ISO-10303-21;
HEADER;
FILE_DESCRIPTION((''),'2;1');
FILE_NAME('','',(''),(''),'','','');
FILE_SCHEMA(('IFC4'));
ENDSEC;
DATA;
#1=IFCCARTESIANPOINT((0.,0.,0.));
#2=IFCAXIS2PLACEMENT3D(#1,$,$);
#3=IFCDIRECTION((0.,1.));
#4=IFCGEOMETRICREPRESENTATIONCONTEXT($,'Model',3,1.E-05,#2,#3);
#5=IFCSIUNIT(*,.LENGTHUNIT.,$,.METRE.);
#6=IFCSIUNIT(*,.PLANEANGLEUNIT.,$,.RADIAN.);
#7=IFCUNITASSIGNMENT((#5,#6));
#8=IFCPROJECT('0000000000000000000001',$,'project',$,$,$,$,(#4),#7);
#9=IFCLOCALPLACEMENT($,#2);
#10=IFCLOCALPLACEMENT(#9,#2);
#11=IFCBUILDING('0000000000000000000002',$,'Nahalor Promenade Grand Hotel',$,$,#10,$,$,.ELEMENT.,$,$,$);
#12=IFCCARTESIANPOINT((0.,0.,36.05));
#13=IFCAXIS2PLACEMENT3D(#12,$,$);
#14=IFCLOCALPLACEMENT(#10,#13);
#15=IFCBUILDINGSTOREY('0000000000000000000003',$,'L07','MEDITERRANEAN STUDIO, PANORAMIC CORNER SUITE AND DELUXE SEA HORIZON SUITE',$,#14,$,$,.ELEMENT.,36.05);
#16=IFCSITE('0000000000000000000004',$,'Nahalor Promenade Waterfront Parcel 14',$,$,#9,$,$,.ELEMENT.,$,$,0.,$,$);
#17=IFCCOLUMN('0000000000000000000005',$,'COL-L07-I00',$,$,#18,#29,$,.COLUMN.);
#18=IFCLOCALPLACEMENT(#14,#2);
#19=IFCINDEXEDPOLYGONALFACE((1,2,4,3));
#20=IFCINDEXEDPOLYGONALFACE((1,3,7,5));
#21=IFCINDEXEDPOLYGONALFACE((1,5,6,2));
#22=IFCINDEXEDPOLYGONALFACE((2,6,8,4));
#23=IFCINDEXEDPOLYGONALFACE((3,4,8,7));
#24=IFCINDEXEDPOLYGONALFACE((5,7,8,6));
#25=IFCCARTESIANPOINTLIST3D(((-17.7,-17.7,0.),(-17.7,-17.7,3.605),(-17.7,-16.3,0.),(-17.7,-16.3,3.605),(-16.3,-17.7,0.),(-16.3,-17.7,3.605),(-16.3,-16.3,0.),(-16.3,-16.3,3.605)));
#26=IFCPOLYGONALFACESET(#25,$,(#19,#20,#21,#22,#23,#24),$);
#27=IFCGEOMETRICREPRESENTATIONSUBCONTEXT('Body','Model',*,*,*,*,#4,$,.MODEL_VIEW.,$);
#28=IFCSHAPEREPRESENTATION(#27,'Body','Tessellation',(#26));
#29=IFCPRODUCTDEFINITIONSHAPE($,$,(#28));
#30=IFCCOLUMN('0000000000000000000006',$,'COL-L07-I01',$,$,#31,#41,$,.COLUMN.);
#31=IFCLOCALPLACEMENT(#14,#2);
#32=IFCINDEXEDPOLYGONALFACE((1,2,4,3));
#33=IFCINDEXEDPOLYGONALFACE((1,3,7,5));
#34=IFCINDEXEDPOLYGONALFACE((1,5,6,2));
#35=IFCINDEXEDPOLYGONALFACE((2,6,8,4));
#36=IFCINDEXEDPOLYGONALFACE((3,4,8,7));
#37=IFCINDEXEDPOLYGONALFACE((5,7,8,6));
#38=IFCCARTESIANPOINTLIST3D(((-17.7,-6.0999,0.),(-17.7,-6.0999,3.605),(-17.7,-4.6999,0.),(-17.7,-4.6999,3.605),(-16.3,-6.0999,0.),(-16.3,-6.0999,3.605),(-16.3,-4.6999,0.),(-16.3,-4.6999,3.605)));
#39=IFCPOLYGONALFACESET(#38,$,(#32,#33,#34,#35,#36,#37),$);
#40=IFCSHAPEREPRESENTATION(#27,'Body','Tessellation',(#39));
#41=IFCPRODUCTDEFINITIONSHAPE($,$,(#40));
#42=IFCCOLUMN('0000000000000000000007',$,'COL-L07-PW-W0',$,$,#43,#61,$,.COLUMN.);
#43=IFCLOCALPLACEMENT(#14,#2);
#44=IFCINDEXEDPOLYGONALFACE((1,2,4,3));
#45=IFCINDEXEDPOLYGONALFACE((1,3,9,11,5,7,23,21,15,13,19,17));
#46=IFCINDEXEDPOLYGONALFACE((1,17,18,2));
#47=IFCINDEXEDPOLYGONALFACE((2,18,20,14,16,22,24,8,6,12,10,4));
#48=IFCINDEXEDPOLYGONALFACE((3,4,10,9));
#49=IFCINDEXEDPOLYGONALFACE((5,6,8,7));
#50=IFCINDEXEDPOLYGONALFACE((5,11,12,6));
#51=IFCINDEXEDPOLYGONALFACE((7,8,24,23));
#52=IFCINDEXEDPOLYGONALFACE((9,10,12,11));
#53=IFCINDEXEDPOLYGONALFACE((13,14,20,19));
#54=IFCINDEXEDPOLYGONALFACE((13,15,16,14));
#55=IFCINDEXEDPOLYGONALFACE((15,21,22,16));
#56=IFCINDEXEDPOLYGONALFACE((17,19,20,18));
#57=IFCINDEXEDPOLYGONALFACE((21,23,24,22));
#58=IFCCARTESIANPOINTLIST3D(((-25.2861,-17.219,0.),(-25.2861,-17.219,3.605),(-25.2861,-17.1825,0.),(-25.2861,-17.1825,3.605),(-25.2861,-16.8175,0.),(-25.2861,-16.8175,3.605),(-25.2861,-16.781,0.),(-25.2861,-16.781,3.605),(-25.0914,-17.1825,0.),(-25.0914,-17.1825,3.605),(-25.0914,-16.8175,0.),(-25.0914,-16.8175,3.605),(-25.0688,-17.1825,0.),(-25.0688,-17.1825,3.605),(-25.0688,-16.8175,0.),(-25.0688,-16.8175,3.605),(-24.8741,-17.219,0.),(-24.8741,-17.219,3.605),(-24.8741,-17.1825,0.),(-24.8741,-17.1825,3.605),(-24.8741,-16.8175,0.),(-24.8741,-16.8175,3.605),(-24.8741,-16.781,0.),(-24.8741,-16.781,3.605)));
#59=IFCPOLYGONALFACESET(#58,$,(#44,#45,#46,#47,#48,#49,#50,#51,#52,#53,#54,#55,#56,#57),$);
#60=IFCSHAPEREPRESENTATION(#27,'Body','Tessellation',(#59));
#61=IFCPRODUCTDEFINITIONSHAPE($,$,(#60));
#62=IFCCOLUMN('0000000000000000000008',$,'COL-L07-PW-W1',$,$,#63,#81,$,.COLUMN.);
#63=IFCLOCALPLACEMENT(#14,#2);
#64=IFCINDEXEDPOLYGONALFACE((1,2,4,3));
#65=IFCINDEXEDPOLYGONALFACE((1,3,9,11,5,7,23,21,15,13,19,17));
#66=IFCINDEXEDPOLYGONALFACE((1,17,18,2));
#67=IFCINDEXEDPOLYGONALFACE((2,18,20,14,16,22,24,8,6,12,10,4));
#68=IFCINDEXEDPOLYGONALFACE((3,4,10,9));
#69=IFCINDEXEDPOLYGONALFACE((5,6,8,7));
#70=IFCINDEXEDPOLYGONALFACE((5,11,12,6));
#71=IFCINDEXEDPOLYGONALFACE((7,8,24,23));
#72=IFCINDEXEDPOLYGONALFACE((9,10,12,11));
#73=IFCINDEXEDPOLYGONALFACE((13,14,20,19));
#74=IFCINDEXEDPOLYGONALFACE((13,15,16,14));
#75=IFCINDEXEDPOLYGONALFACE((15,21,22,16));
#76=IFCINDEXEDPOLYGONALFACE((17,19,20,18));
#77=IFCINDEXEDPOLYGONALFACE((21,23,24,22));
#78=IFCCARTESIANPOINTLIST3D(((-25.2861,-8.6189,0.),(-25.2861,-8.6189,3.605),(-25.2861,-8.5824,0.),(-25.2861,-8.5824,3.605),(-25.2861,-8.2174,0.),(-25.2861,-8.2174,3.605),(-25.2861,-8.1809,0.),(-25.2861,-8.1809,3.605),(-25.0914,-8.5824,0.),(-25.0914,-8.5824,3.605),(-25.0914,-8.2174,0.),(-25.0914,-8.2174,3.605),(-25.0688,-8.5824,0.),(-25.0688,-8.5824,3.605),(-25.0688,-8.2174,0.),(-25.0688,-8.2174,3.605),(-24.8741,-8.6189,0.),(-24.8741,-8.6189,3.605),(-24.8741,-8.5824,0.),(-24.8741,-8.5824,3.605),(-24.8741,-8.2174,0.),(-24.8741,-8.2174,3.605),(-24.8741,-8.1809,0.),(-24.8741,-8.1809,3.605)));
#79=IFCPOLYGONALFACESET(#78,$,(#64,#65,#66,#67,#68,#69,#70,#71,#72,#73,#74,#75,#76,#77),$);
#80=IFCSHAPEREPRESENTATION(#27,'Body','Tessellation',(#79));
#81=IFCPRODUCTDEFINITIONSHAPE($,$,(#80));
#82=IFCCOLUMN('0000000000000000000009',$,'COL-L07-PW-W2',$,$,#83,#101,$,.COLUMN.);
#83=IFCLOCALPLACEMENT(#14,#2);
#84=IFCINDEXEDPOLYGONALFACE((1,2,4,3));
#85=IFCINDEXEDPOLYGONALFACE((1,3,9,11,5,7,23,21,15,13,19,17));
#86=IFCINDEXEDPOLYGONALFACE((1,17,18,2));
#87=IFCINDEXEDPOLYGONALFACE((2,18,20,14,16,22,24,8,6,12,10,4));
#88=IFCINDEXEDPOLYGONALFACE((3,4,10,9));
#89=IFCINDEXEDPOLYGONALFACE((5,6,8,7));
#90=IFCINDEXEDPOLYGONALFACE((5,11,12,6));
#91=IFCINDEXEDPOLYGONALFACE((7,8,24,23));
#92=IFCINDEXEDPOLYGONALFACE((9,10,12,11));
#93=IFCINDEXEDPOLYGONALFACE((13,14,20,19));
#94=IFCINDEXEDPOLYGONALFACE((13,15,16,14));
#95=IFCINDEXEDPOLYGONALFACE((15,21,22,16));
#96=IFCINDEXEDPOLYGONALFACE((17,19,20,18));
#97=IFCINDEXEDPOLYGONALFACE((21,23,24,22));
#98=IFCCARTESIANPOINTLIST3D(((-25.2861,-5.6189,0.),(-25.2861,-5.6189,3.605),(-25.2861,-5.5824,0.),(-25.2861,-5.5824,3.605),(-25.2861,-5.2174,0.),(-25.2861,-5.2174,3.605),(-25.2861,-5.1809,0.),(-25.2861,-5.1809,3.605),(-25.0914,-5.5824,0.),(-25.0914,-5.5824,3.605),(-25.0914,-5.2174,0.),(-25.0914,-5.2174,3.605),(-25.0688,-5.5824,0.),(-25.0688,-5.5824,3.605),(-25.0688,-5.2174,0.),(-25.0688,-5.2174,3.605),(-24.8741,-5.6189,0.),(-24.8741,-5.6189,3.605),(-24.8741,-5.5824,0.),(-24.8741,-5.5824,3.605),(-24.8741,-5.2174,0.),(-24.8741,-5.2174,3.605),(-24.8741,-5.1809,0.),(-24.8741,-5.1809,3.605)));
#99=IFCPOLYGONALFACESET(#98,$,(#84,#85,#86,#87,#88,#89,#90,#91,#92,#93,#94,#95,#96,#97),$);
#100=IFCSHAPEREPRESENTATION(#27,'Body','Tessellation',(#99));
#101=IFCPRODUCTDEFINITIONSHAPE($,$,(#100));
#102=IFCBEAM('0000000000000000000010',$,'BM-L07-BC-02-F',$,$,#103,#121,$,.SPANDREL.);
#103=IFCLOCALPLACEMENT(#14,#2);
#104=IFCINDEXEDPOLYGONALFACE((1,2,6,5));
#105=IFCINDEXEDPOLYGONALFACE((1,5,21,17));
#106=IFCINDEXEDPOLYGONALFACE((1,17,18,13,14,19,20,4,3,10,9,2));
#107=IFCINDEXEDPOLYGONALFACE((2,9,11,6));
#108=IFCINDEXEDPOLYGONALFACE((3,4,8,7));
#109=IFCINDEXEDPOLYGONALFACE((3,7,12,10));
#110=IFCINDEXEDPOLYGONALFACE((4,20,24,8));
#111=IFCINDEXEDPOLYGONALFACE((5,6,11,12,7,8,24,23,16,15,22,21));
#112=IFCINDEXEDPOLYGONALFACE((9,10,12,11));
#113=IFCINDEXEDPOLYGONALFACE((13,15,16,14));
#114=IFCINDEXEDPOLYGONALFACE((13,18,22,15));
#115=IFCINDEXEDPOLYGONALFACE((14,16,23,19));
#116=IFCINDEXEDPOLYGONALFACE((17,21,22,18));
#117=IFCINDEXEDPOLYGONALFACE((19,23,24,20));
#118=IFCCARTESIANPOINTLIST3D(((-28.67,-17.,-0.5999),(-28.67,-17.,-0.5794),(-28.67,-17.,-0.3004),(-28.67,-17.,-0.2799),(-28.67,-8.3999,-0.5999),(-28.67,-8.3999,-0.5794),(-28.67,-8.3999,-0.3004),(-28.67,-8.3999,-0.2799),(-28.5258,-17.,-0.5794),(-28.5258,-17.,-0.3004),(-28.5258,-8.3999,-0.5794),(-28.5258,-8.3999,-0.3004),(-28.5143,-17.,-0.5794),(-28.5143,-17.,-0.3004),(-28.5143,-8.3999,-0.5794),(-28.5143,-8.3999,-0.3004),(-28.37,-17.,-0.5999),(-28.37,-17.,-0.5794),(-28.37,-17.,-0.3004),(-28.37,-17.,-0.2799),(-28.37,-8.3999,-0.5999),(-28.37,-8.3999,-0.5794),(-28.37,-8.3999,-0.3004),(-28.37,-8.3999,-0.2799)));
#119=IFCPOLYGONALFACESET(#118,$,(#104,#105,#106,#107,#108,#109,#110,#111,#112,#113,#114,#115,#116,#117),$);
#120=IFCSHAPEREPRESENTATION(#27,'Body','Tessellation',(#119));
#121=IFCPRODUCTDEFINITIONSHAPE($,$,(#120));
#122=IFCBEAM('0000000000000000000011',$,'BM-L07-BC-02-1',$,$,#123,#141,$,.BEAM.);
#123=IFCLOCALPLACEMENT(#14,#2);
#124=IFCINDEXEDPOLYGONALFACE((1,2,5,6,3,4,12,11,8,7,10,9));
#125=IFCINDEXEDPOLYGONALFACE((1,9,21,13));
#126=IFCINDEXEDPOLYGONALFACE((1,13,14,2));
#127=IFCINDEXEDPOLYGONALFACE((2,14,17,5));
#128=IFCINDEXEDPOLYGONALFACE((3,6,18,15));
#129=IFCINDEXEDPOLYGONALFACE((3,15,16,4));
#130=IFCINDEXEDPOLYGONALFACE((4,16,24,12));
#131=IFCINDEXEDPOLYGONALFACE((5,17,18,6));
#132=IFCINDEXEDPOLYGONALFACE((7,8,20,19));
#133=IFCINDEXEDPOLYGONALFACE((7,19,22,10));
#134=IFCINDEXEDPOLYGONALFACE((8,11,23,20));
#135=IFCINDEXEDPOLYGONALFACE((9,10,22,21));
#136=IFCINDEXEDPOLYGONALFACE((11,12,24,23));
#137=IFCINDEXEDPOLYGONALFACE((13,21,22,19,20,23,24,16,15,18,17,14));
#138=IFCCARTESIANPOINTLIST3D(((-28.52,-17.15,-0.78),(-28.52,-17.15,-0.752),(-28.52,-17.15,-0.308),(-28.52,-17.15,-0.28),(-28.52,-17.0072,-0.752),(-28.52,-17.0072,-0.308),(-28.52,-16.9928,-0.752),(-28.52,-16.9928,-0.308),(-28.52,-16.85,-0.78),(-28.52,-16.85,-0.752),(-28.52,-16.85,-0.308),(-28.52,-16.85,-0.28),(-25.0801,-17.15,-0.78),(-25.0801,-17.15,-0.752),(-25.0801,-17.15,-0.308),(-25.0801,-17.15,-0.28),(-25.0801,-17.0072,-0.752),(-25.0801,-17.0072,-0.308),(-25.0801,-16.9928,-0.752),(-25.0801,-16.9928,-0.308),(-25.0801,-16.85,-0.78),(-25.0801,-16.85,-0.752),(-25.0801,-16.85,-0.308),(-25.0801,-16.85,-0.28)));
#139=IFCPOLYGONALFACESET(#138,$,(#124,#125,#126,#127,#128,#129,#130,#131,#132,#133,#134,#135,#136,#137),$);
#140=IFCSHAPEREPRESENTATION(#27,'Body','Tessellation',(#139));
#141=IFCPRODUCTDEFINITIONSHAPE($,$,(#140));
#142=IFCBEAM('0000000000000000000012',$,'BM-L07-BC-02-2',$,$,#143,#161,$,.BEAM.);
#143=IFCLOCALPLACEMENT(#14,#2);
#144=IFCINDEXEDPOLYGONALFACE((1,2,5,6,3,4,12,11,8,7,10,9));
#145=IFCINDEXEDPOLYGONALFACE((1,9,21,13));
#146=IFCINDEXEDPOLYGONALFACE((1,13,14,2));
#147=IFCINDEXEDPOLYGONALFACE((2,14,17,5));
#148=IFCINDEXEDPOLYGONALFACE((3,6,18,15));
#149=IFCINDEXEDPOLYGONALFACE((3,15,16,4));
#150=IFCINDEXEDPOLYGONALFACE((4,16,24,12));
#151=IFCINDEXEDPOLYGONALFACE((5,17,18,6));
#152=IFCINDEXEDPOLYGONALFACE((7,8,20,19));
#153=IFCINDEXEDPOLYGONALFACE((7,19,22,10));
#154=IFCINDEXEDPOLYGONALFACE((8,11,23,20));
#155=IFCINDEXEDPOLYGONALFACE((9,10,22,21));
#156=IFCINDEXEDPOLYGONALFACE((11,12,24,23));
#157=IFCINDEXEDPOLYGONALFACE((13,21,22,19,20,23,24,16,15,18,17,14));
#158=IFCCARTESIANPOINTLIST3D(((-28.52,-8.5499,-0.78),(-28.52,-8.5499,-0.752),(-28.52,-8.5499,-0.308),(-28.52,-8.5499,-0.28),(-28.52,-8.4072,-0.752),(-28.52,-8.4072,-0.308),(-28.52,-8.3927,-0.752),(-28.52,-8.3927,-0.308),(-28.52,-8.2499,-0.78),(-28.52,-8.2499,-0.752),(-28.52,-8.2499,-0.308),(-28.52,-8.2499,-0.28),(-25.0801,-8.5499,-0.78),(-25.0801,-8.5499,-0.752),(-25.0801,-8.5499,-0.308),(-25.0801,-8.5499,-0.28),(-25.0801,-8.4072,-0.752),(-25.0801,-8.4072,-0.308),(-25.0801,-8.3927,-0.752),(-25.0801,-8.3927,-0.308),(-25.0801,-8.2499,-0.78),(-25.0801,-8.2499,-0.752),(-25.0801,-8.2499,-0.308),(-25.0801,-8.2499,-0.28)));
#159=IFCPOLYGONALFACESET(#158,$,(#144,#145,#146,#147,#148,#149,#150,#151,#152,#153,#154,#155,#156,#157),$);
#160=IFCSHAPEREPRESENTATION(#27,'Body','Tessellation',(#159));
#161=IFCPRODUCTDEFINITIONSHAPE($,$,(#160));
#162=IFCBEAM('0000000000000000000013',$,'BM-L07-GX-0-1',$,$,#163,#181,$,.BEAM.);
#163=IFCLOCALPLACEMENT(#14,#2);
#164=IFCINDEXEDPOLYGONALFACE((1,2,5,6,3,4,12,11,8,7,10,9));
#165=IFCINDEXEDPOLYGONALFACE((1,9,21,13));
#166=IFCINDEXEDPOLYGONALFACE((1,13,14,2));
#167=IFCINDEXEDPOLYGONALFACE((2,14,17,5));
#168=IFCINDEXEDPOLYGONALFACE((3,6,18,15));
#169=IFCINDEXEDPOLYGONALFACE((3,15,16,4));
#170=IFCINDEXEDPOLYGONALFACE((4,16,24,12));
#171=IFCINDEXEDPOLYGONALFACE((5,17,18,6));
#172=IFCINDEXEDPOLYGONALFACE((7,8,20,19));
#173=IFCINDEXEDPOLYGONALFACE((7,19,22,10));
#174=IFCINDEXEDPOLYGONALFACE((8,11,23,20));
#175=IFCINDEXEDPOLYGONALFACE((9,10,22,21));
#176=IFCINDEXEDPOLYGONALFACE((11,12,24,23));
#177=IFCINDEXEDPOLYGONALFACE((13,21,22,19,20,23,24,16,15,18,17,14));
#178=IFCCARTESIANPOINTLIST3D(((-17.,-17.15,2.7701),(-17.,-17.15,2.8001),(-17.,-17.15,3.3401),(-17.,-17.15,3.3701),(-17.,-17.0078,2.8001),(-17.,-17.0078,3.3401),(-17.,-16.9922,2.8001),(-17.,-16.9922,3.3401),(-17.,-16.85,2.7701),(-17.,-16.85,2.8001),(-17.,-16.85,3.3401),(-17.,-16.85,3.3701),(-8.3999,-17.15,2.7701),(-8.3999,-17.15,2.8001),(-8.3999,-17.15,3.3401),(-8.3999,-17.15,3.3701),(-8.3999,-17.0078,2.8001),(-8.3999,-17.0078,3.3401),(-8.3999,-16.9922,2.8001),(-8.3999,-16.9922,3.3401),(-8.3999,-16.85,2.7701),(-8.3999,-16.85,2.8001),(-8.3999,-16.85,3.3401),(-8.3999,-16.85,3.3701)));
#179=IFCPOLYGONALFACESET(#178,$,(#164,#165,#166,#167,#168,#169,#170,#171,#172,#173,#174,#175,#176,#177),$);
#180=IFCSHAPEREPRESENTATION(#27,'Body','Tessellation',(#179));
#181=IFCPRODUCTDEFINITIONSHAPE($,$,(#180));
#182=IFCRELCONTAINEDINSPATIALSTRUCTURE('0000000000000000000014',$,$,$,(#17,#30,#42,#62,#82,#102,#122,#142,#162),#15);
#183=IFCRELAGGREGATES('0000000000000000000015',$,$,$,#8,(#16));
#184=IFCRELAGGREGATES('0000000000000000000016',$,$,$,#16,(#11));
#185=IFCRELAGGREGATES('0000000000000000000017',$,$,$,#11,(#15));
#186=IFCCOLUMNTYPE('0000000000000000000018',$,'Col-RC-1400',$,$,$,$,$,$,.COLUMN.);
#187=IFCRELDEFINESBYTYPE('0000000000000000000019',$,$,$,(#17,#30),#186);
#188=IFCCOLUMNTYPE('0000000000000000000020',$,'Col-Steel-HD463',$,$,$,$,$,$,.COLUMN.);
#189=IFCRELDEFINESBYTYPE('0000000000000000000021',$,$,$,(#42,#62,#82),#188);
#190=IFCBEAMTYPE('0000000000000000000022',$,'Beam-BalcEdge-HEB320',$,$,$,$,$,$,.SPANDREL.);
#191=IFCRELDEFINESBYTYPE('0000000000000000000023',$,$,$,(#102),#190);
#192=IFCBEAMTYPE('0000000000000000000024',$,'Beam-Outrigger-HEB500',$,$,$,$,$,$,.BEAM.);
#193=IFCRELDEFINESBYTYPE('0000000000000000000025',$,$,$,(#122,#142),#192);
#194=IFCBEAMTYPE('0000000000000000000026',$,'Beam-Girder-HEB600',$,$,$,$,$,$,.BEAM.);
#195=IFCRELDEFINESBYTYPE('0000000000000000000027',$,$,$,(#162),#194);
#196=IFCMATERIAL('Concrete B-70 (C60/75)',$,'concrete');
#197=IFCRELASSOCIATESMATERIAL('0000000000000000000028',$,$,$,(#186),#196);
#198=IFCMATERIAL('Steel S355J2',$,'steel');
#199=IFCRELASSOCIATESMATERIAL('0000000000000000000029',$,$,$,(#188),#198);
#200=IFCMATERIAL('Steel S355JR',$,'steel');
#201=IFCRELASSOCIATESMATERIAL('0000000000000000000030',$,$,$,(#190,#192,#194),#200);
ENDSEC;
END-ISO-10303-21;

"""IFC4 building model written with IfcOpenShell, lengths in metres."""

from ifc_helpers import new_model, si_unit, direction, frame, origin, origin_2d, place, context, subcontext, project, spatial, rectangle, i_section, extrude, source, transform, mapped, material, material_profile, profile_set, type_object, element, save


model = new_model("IFC4")

# Units and contexts
model_context = context("Model", 3, precision=1e-05, world=origin(), true_north=direction((0.0, 1.0)))
body_context = subcontext(model_context, "Body", "Model", "MODEL_VIEW")
ifc_project = project(units=[si_unit("LENGTHUNIT", "METRE"), si_unit("PLANEANGLEUNIT", "RADIAN")], contexts=[model_context])

# Site, building, storey
site_placement = place(None, origin())
site = spatial("IfcSite", under=ifc_project, at=site_placement, Name="Nahalor Promenade Waterfront Parcel 14", CompositionType="ELEMENT", RefElevation=0.0)
building_placement = place(site_placement, origin())
building = spatial("IfcBuilding", under=site, at=building_placement, Name="Nahalor Promenade Grand Hotel", CompositionType="ELEMENT")
storey_placement = place(building_placement, frame((0.0, 0.0, 36.05)))
storey = spatial("IfcBuildingStorey", under=building, at=storey_placement, Name="L07", Description="MEDITERRANEAN STUDIO, PANORAMIC CORNER SUITE AND DELUXE SEA HORIZON SUITE", CompositionType="ELEMENT", Elevation=36.05)

# Columns
ifc_material_1 = material(Name="Concrete B-70 (C60/75)", Category="concrete")
ifc_material_profile_1 = material_profile(ifc_material_1, rectangle(XDim=1.4, YDim=1.4, at=origin_2d()), Name="RC 1400x1400")
ifc_profile_set_1 = profile_set([ifc_material_profile_1], Name="Concrete B-70 (C60/75)")
column_type_1 = type_object("IfcColumnType", Name="Col-RC-1400", PredefinedType="COLUMN", material=ifc_profile_set_1)
shared_shape_1 = source(origin(), body_context, "Body", "SweptSolid", [
    extrude(rectangle(XDim=1.4, YDim=1.4, at=origin_2d()), origin(), (0.0, 0.0, 1.0), 3.605),
])
for number, where, z_axis, x_axis, name in (
    (1, (-17.0, -17.0, 0.0), (0.0, 0.0, 1.0), (1.0, 0.0, 0.0), "COL-L07-I00"),
    (2, (-17.0, -5.3999, 0.0), (0.0, 0.0, 1.0), (1.0, 0.0, 0.0), "COL-L07-I01"),
):
    element("IfcColumn", number, at=place(storey_placement, frame(where, z_axis=z_axis, x_axis=x_axis)), inside=storey, type_object=column_type_1, Name=name, PredefinedType="COLUMN", context=body_context, shape_type="MappedRepresentation", body=[
        mapped(shared_shape_1, transform((0.0, 0.0, 0.0), scale=1.0)),
    ])
ifc_material_2 = material(Name="Steel S355J2", Category="steel")
ifc_material_profile_2 = material_profile(ifc_material_2, i_section(OverallWidth=0.412, OverallDepth=0.438, WebThickness=0.0226, FlangeThickness=0.0365, at=origin_2d()), Name="HD 400x463")
ifc_profile_set_2 = profile_set([ifc_material_profile_2], Name="Steel S355J2")
column_type_2 = type_object("IfcColumnType", Name="Col-Steel-HD463", PredefinedType="COLUMN", material=ifc_profile_set_2)
shared_shape_2 = source(origin(), body_context, "Body", "SweptSolid", [
    extrude(i_section(OverallWidth=0.412, OverallDepth=0.438, WebThickness=0.0226, FlangeThickness=0.0365, at=origin_2d()), origin(), (0.0, 0.0, 1.0), 3.605),
])
for number, where, z_axis, x_axis, name in (
    (3, (-25.0801, -17.0, 0.0), (0.0, 0.0, 1.0), (1.0, 0.0, 0.0), "COL-L07-PW-W0"),
    (4, (-25.0801, -8.3999, 0.0), (0.0, 0.0, 1.0), (1.0, 0.0, 0.0), "COL-L07-PW-W1"),
    (5, (-25.0801, -5.3999, 0.0), (0.0, 0.0, 1.0), (1.0, 0.0, 0.0), "COL-L07-PW-W2"),
):
    element("IfcColumn", number, at=place(storey_placement, frame(where, z_axis=z_axis, x_axis=x_axis)), inside=storey, type_object=column_type_2, Name=name, PredefinedType="COLUMN", context=body_context, shape_type="MappedRepresentation", body=[
        mapped(shared_shape_2, transform((0.0, 0.0, 0.0), scale=1.0)),
    ])

# Beams
ifc_material_3 = material(Name="Steel S355JR", Category="steel")
ifc_material_profile_3 = material_profile(ifc_material_3, i_section(OverallWidth=0.3, OverallDepth=0.32, WebThickness=0.0115, FlangeThickness=0.0205, at=origin_2d()), Name="HEB 320")
ifc_profile_set_3 = profile_set([ifc_material_profile_3], Name="Steel S355JR")
beam_type_1 = type_object("IfcBeamType", Name="Beam-BalcEdge-HEB320", PredefinedType="SPANDREL", material=ifc_profile_set_3)
shared_shape_3 = source(origin(), body_context, "Body", "SweptSolid", [
    extrude(i_section(OverallWidth=0.3, OverallDepth=0.32, WebThickness=0.0115, FlangeThickness=0.0205, at=origin_2d()), origin(), (0.0, 0.0, 1.0), 8.6001),
])
beam_1_placement = place(storey_placement, frame((-28.52, -17.0, -0.4399), z_axis=(0.0, 1.0, 0.0), x_axis=(-1.0, 0.0, 0.0)))
element("IfcBeam", 6, at=beam_1_placement, inside=storey, type_object=beam_type_1, Name="BM-L07-BC-02-F", PredefinedType="SPANDREL", context=body_context, shape_type="MappedRepresentation", body=[
    mapped(shared_shape_3, transform((0.0, 0.0, 0.0), scale=1.0)),
])
ifc_material_profile_4 = material_profile(ifc_material_3, i_section(OverallWidth=0.3, OverallDepth=0.5, WebThickness=0.0145, FlangeThickness=0.028, at=origin_2d()), Name="HEB 500")
ifc_profile_set_4 = profile_set([ifc_material_profile_4], Name="Steel S355JR")
beam_type_2 = type_object("IfcBeamType", Name="Beam-Outrigger-HEB500", PredefinedType="BEAM", material=ifc_profile_set_4)
shared_shape_4 = source(origin(), body_context, "Body", "SweptSolid", [
    extrude(i_section(OverallWidth=0.3, OverallDepth=0.5, WebThickness=0.0145, FlangeThickness=0.028, at=origin_2d()), origin(), (0.0, 0.0, 1.0), 3.4399),
])
for number, where, z_axis, x_axis, name in (
    (7, (-28.52, -17.0, -0.53), (1.0, 0.0, 0.0), (0.0, 1.0, 0.0), "BM-L07-BC-02-1"),
    (8, (-28.52, -8.3999, -0.53), (1.0, 0.0, 0.0), (0.0, 1.0, 0.0), "BM-L07-BC-02-2"),
):
    element("IfcBeam", number, at=place(storey_placement, frame(where, z_axis=z_axis, x_axis=x_axis)), inside=storey, type_object=beam_type_2, Name=name, PredefinedType="BEAM", context=body_context, shape_type="MappedRepresentation", body=[
        mapped(shared_shape_4, transform((0.0, 0.0, 0.0), scale=1.0)),
    ])
ifc_material_profile_5 = material_profile(ifc_material_3, i_section(OverallWidth=0.3, OverallDepth=0.6, WebThickness=0.0155, FlangeThickness=0.03, at=origin_2d()), Name="HEB 600")
ifc_profile_set_5 = profile_set([ifc_material_profile_5], Name="Steel S355JR")
beam_type_3 = type_object("IfcBeamType", Name="Beam-Girder-HEB600", PredefinedType="BEAM", material=ifc_profile_set_5)
shared_shape_5 = source(origin(), body_context, "Body", "SweptSolid", [
    extrude(i_section(OverallWidth=0.3, OverallDepth=0.6, WebThickness=0.0155, FlangeThickness=0.03, at=origin_2d()), origin(), (0.0, 0.0, 1.0), 8.6001),
])
for number, where, z_axis, x_axis, name in (
    (9, (-17.0, -17.0, 3.0701), (1.0, 0.0, 0.0), (0.0, 1.0, 0.0), "BM-L07-GX-0-1"),
):
    element("IfcBeam", number, at=place(storey_placement, frame(where, z_axis=z_axis, x_axis=x_axis)), inside=storey, type_object=beam_type_3, Name=name, PredefinedType="BEAM", context=body_context, shape_type="MappedRepresentation", body=[
        mapped(shared_shape_5, transform((0.0, 0.0, 0.0), scale=1.0)),
    ])

save(model, "model.ifc")
